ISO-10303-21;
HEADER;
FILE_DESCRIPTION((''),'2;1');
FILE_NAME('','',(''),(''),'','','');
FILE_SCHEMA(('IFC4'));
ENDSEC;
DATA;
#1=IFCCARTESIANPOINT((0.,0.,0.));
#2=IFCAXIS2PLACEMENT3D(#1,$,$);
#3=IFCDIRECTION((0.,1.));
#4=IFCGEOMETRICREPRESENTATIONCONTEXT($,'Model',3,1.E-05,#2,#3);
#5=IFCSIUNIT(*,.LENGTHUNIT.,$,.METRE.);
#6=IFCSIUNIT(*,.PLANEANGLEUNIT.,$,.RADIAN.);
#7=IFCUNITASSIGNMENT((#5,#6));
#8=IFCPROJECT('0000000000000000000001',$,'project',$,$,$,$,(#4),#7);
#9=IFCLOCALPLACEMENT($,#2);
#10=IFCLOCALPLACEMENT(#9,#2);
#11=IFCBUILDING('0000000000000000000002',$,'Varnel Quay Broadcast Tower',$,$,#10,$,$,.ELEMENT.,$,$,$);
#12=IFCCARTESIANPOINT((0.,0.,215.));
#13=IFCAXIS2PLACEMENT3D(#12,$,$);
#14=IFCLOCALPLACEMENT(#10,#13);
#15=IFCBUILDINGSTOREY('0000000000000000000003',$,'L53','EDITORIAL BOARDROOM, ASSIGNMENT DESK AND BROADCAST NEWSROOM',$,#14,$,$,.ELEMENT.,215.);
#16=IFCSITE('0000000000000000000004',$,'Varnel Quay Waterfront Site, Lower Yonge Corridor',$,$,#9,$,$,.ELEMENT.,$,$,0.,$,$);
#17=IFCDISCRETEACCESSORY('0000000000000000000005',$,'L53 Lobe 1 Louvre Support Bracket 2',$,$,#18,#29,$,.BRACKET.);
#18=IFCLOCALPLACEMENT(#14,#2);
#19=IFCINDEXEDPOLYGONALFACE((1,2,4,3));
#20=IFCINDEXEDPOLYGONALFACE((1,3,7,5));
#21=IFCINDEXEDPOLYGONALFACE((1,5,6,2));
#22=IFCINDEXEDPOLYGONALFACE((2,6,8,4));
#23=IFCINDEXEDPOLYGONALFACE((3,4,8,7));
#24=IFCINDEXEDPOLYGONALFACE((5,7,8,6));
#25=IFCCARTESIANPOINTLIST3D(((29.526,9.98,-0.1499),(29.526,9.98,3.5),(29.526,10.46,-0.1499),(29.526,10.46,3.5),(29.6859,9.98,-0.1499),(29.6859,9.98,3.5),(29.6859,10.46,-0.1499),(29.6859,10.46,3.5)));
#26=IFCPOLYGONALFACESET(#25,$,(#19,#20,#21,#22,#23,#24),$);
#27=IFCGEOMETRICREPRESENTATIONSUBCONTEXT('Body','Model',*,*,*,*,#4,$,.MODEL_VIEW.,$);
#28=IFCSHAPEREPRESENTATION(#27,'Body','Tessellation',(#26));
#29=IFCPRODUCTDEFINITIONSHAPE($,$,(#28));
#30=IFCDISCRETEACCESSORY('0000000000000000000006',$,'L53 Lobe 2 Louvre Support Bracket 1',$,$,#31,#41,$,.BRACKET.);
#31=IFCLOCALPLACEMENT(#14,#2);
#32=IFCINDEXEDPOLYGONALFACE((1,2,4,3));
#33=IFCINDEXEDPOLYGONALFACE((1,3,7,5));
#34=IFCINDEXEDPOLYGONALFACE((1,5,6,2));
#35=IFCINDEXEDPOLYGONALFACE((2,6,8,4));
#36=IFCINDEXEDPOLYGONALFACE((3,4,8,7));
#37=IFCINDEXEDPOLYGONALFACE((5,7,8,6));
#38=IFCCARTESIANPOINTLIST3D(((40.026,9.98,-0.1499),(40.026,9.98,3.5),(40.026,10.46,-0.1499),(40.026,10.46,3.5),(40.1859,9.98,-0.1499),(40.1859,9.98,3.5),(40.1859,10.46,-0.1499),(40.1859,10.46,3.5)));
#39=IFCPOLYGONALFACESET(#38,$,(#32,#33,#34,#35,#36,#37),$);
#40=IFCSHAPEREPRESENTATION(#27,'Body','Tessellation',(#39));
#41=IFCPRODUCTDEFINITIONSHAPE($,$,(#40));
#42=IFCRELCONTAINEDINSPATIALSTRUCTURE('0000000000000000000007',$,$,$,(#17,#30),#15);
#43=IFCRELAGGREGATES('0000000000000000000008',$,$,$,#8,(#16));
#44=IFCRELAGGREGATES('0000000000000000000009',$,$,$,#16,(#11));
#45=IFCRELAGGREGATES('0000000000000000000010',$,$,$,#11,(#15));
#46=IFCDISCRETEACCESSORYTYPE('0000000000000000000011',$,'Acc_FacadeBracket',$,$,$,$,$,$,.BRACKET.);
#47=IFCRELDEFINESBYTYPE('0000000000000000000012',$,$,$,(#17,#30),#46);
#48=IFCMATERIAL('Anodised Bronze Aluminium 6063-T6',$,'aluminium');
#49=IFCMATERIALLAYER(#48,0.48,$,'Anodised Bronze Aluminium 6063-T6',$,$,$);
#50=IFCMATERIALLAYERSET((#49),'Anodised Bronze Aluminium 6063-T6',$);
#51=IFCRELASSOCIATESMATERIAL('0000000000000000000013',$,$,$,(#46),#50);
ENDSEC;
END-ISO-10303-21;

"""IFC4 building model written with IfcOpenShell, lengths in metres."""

from ifc_helpers import new_model, si_unit, direction, frame, origin, origin_2d, place, context, subcontext, project, spatial, rectangle, extrude, source, transform, mapped, material, layer, layer_set, type_object, type_shapes, element, save


model = new_model("IFC4")

# Units and contexts
model_context = context("Model", 3, precision=1e-05, world=origin(), true_north=direction((0.0, 1.0)))
body_context = subcontext(model_context, "Body", "Model", "MODEL_VIEW")
ifc_project = project(units=[si_unit("LENGTHUNIT", "METRE"), si_unit("PLANEANGLEUNIT", "RADIAN")], contexts=[model_context])

# Site, building, storey
site_placement = place(None, origin())
site = spatial("IfcSite", under=ifc_project, at=site_placement, Name="Varnel Quay Waterfront Site, Lower Yonge Corridor", CompositionType="ELEMENT", RefElevation=0.0)
building_placement = place(site_placement, origin())
building = spatial("IfcBuilding", under=site, at=building_placement, Name="Varnel Quay Broadcast Tower", CompositionType="ELEMENT")
storey_placement = place(building_placement, frame((0.0, 0.0, 215.0)))
storey = spatial("IfcBuildingStorey", under=building, at=storey_placement, Name="L53", Description="EDITORIAL BOARDROOM, ASSIGNMENT DESK AND BROADCAST NEWSROOM", CompositionType="ELEMENT", Elevation=215.0)

# Shared definitions
ifc_material_1 = material(Name="Anodised Bronze Aluminium 6063-T6", Category="aluminium")

# Discrete accessories
ifc_layer_1 = layer(ifc_material_1, 0.48, Name="Anodised Bronze Aluminium 6063-T6")
ifc_layer_set_1 = layer_set([ifc_layer_1], Name="Anodised Bronze Aluminium 6063-T6")
discrete_accessory_type = type_object("IfcDiscreteAccessoryType", Name="Acc_FacadeBracket", PredefinedType="BRACKET", material=ifc_layer_set_1)
shared_shape_1 = source(origin(), body_context, "Body", "SweptSolid", [
    extrude(rectangle(XDim=0.1599, YDim=0.48, at=origin_2d()), origin(), (0.0, 0.0, 1.0), 3.6499),
])
type_shapes(discrete_accessory_type, [shared_shape_1])
for number, where, z_axis, x_axis, name in (
    (1, (29.606, 10.22, -0.1499), (0.0, 0.0, 1.0), (1.0, 0.0, 0.0), "L53 Lobe 1 Louvre Support Bracket 2"),
    (2, (40.106, 10.22, -0.1499), (0.0, 0.0, 1.0), (1.0, 0.0, 0.0), "L53 Lobe 2 Louvre Support Bracket 1"),
):
    element("IfcDiscreteAccessory", number, at=place(storey_placement, frame(where, z_axis=z_axis, x_axis=x_axis)), inside=storey, type_object=discrete_accessory_type, Name=name, PredefinedType="BRACKET", context=body_context, shape_type="MappedRepresentation", body=[
        mapped(shared_shape_1, transform((0.0, 0.0, 0.0), x_axis=(1.0, 0.0, 0.0), y_axis=(0.0, 1.0, 0.0), z_axis=(0.0, 0.0, 1.0), scale=1.0)),
    ])

save(model, "model.ifc")
